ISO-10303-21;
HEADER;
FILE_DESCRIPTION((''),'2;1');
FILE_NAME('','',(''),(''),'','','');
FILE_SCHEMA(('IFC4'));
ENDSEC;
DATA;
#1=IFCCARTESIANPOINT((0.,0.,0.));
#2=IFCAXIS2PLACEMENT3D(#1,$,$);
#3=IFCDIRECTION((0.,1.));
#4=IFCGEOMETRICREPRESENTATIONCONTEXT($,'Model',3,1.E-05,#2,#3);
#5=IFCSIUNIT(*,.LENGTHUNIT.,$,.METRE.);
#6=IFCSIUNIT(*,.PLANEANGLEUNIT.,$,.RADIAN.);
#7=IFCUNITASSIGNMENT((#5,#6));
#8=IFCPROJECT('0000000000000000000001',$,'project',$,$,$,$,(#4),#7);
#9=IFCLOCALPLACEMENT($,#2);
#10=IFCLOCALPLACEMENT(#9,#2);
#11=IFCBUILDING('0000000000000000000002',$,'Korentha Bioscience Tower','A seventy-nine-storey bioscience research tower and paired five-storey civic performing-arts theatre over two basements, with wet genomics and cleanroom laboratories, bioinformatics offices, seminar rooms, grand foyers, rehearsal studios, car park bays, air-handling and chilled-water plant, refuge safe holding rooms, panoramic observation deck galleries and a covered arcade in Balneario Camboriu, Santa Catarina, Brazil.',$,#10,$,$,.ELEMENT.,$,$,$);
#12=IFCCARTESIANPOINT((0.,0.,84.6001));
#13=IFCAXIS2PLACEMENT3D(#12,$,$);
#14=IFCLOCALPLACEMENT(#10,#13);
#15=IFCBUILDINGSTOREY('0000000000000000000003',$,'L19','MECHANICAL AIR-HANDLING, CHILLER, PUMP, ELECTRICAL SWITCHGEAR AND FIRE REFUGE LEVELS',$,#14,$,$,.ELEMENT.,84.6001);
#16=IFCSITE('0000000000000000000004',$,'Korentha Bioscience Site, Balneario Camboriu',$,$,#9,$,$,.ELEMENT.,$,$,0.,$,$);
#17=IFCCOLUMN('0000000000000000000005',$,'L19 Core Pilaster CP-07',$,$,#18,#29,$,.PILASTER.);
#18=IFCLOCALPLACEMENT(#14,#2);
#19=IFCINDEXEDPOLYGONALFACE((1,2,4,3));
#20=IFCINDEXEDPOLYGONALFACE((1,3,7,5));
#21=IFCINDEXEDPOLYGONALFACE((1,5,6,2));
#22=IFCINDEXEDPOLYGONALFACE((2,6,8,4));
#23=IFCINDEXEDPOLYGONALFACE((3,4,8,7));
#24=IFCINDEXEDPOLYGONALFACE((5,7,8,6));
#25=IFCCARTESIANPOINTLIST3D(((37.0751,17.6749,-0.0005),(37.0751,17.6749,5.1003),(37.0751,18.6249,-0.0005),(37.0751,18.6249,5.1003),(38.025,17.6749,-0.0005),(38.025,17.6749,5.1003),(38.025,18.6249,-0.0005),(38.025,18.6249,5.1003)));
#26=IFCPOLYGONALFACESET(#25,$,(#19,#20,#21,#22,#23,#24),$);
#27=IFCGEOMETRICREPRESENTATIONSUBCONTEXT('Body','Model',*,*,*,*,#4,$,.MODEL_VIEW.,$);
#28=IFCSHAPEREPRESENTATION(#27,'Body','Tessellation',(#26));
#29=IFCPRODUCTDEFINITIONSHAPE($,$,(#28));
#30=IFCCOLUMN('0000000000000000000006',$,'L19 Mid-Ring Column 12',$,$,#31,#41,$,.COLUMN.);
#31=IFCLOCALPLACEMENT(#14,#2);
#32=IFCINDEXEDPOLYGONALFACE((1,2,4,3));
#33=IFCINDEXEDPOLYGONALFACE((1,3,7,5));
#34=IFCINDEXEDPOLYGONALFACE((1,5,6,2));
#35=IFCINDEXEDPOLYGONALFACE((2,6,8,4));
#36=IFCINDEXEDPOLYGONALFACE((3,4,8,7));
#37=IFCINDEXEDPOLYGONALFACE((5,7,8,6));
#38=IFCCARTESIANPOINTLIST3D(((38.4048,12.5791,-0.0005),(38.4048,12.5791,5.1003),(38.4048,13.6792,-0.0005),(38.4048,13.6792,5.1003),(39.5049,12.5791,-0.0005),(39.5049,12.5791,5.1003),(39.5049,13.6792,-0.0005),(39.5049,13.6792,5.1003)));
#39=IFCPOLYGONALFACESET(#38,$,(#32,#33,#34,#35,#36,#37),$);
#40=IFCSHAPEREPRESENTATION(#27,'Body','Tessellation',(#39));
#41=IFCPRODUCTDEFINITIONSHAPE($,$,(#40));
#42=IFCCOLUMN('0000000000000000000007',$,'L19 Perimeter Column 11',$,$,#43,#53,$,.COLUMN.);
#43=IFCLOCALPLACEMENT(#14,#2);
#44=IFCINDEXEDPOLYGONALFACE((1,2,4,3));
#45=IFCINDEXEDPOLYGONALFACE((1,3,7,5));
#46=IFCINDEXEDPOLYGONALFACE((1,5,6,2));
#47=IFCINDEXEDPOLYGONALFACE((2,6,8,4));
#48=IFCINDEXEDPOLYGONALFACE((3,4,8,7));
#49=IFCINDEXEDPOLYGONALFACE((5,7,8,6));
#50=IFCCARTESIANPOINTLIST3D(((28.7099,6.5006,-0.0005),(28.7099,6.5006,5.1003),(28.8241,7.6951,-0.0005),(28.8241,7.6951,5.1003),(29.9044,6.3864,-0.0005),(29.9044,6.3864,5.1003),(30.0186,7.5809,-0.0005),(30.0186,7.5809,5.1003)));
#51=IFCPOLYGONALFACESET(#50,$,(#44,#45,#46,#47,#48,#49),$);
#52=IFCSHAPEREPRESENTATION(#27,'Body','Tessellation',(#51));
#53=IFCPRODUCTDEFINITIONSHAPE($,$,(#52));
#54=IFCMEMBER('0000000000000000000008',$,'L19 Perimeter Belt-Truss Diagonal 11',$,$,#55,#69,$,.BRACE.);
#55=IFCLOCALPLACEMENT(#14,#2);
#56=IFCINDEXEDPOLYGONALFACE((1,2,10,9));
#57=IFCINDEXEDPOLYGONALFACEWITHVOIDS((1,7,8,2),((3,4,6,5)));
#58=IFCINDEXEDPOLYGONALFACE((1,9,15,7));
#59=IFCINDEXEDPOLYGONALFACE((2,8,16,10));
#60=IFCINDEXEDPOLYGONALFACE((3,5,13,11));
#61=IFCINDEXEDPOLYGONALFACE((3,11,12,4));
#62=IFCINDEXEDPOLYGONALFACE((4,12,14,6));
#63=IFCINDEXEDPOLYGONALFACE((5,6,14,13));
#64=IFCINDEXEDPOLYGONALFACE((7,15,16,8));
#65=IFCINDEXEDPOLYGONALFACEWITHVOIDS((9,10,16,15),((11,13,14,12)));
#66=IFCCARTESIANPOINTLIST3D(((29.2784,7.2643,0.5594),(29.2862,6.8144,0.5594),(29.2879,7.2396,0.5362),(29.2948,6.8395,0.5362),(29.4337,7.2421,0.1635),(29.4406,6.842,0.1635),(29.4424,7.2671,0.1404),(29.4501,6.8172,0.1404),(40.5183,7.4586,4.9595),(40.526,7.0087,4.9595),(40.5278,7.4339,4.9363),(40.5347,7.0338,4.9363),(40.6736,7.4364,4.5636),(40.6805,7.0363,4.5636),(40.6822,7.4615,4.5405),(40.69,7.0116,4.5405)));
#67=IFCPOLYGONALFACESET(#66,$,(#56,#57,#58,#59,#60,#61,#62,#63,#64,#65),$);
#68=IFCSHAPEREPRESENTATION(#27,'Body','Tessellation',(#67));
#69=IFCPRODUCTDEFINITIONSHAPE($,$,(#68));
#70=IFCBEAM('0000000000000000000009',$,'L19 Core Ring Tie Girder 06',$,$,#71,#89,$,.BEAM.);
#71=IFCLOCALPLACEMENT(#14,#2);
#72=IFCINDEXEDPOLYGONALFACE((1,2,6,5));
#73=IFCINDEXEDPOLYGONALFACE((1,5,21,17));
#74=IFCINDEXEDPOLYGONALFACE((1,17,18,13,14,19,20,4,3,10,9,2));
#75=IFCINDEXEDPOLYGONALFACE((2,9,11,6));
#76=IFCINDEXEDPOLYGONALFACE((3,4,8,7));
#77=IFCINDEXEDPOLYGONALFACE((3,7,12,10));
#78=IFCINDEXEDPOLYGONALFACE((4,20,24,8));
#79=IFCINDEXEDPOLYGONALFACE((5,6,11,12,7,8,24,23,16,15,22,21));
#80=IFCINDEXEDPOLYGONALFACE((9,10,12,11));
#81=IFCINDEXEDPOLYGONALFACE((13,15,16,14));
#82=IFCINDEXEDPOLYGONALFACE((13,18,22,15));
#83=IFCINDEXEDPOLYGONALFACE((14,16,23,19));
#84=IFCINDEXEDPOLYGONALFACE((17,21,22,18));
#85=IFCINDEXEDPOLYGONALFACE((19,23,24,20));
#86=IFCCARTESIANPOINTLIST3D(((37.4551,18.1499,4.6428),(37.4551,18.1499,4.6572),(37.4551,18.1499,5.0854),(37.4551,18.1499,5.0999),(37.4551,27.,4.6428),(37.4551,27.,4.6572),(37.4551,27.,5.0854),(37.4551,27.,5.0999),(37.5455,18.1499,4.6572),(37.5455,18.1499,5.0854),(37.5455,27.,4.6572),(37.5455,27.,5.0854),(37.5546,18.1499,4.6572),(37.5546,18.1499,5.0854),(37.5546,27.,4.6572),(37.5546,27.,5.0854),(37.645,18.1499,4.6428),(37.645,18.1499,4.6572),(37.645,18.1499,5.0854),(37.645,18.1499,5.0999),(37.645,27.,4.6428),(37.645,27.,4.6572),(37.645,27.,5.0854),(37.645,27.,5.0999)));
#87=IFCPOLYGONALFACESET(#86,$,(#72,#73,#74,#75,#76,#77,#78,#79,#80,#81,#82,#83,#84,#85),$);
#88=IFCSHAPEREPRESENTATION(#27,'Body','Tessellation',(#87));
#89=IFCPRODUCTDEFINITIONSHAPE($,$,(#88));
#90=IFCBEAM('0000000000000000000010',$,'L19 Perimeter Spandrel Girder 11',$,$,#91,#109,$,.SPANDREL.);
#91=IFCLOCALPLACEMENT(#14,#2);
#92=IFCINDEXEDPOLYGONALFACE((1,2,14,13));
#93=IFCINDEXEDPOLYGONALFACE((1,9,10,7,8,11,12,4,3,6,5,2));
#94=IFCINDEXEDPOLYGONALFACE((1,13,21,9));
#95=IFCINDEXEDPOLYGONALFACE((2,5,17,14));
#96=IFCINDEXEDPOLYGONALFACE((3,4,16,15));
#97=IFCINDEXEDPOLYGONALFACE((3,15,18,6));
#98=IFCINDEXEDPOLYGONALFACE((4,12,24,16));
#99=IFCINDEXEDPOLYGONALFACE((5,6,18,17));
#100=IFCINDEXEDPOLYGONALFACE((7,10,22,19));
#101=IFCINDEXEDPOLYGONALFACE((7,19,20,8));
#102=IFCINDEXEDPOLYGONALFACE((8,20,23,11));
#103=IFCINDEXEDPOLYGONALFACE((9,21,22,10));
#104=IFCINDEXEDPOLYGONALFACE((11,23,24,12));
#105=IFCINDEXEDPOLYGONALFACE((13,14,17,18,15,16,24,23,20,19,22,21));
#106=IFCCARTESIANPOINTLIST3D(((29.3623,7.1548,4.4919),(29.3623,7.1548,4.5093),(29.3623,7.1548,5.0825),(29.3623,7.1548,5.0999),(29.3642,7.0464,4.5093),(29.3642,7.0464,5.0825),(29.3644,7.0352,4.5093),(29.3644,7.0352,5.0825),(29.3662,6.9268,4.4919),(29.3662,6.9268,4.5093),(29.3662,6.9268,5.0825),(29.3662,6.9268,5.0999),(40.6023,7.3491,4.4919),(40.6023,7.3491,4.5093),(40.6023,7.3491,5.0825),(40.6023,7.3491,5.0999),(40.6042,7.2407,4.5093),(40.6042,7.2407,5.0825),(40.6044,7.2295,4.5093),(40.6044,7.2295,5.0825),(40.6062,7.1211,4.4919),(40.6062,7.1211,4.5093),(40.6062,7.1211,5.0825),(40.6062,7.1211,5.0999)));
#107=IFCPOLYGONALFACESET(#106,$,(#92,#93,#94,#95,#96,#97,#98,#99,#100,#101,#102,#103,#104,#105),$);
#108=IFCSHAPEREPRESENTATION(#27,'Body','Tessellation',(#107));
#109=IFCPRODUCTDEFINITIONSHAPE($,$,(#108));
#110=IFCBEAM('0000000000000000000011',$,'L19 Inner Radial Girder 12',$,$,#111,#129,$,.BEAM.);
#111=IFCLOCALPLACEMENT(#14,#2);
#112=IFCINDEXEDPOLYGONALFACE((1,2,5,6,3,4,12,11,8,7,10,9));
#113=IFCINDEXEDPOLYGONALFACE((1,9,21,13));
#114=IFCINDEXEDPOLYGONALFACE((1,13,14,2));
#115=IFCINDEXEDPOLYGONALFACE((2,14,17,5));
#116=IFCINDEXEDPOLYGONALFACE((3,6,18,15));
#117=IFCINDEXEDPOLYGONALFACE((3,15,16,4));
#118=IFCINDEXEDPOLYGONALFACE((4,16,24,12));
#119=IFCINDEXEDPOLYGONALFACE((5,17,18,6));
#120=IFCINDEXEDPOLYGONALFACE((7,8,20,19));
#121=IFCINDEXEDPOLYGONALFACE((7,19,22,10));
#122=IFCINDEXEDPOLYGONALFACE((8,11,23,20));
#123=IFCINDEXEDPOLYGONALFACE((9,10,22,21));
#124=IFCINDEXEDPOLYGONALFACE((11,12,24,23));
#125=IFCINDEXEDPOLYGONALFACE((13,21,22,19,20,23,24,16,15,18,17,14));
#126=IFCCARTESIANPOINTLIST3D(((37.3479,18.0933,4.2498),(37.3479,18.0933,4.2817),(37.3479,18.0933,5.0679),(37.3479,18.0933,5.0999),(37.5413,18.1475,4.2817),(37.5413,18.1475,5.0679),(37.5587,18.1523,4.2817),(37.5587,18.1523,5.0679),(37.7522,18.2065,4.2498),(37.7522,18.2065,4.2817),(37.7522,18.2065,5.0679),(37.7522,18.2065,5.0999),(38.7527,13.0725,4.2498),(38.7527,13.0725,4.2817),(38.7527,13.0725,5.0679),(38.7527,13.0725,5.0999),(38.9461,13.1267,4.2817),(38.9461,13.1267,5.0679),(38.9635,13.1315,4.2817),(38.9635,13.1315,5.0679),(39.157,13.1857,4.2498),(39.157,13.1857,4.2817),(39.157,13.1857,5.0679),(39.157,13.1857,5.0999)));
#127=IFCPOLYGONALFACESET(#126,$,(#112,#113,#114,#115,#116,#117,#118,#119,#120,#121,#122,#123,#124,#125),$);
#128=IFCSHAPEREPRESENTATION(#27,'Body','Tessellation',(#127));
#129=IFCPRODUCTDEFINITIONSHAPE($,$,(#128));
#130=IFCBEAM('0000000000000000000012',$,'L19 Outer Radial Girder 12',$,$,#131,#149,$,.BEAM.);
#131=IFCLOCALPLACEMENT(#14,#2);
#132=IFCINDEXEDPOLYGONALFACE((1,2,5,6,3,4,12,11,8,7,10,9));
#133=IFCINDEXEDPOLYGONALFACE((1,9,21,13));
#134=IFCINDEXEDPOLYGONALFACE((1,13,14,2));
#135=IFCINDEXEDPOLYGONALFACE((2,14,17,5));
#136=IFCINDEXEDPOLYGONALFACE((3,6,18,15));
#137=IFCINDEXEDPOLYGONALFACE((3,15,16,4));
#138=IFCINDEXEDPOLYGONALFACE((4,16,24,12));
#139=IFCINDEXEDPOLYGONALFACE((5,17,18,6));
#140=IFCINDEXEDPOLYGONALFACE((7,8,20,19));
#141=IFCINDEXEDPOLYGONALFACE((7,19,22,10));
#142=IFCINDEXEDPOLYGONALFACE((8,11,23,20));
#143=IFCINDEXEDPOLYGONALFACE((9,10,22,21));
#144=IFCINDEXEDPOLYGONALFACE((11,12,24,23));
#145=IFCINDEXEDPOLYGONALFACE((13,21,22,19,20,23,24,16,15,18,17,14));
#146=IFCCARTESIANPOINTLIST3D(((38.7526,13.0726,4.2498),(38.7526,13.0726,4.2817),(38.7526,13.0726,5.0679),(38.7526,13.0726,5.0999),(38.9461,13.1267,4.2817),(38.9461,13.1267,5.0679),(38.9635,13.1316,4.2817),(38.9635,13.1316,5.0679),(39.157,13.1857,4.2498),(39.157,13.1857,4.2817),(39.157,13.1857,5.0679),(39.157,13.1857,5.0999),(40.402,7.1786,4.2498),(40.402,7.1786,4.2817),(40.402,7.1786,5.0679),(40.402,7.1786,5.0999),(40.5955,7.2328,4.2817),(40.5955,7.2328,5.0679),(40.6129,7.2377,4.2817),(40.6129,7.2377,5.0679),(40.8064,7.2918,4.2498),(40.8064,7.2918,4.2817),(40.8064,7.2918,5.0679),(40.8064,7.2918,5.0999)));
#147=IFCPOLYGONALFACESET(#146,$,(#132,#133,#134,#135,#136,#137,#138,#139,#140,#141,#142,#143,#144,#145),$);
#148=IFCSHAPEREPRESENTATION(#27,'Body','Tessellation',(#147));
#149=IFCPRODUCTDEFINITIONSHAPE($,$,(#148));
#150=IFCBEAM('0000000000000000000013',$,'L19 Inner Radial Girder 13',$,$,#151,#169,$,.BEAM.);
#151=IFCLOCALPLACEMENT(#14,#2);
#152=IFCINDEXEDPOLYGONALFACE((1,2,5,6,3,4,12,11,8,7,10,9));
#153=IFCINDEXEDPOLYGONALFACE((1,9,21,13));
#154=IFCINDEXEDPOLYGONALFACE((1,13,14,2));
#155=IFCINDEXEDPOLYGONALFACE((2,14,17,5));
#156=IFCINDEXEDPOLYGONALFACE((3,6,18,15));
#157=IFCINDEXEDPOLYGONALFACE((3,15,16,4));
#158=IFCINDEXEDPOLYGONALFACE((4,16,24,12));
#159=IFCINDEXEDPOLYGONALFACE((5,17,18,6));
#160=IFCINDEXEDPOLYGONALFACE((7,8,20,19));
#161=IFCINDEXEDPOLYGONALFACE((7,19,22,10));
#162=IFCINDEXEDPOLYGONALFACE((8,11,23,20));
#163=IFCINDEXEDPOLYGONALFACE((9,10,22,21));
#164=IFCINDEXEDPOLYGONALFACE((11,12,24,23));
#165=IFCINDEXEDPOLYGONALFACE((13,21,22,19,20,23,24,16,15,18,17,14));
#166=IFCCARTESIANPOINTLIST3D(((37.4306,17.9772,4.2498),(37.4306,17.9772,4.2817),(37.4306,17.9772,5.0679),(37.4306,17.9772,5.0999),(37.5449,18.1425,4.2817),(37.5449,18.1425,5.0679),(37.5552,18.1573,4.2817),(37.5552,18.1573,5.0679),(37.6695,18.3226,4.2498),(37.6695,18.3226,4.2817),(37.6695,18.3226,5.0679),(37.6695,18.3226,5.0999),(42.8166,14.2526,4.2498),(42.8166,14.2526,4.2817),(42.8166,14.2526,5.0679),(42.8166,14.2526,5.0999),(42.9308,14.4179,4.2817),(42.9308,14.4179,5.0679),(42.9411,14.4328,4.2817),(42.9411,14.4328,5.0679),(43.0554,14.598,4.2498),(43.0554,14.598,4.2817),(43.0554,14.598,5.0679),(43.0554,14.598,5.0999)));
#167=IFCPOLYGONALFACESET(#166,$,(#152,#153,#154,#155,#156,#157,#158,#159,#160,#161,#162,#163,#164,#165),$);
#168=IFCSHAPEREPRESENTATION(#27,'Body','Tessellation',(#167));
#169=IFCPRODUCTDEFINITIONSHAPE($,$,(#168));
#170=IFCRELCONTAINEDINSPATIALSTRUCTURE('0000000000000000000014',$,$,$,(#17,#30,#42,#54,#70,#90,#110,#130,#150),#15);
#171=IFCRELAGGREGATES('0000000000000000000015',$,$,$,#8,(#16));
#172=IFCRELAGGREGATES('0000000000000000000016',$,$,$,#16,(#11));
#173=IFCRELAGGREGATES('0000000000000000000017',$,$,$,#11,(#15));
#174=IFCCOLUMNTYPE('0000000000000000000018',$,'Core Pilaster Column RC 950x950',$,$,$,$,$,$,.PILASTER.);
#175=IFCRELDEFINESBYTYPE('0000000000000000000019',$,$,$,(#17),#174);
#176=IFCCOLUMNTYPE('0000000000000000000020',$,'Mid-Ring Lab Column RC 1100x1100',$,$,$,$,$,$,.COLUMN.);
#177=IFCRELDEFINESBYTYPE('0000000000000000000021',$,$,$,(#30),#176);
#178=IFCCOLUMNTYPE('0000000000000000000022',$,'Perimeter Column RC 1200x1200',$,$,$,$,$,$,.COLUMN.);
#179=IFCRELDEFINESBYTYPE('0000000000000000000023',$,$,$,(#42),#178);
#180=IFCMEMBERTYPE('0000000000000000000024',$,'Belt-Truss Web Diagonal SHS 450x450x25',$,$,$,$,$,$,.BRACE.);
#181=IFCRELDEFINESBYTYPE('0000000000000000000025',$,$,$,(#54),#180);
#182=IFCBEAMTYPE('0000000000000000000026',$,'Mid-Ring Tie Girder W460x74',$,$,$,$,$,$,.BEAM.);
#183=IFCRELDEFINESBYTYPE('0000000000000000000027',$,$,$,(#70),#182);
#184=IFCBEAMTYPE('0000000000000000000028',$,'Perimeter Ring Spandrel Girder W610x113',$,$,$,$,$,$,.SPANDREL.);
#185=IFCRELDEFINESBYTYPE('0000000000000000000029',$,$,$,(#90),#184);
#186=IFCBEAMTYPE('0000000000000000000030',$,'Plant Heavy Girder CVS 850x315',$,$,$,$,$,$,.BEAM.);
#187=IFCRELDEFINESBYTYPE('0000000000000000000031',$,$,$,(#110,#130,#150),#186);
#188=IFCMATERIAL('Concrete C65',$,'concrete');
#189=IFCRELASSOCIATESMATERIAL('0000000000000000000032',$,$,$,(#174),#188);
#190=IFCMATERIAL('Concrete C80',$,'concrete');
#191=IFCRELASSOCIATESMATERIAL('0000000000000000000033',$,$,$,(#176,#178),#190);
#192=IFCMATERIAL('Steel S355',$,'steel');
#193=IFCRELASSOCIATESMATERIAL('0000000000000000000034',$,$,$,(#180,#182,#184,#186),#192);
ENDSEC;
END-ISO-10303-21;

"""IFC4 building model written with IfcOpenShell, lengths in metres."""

from ifc_helpers import new_model, si_unit, direction, frame, origin, origin_2d, place, context, subcontext, project, spatial, rectangle, hollow_rectangle, i_section, extrude, material, material_profile, profile_set, type_object, element, save


model = new_model("IFC4")

# Units and contexts
model_context = context("Model", 3, precision=1e-05, world=origin(), true_north=direction((0.0, 1.0)))
body_context = subcontext(model_context, "Body", "Model", "MODEL_VIEW")
ifc_project = project(units=[si_unit("LENGTHUNIT", "METRE"), si_unit("PLANEANGLEUNIT", "RADIAN")], contexts=[model_context])

# Site, building, storey
site_placement = place(None, origin())
site = spatial("IfcSite", under=ifc_project, at=site_placement, Name="Korentha Bioscience Site, Balneario Camboriu", CompositionType="ELEMENT", RefElevation=0.0)
building_placement = place(site_placement, origin())
building = spatial("IfcBuilding", under=site, at=building_placement, Name="Korentha Bioscience Tower", Description="A seventy-nine-storey bioscience research tower and paired five-storey civic performing-arts theatre over two basements, with wet genomics and cleanroom laboratories, bioinformatics offices, seminar rooms, grand foyers, rehearsal studios, car park bays, air-handling and chilled-water plant, refuge safe holding rooms, panoramic observation deck galleries and a covered arcade in Balneario Camboriu, Santa Catarina, Brazil.", CompositionType="ELEMENT")
storey_placement = place(building_placement, frame((0.0, 0.0, 84.6001)))
storey = spatial("IfcBuildingStorey", under=building, at=storey_placement, Name="L19", Description="MECHANICAL AIR-HANDLING, CHILLER, PUMP, ELECTRICAL SWITCHGEAR AND FIRE REFUGE LEVELS", CompositionType="ELEMENT", Elevation=84.6001)

# Columns
ifc_material_1 = material(Name="Concrete C65", Category="concrete")
ifc_material_profile_1 = material_profile(ifc_material_1, rectangle(XDim=0.95, YDim=0.95, at=origin_2d()), Name="Concrete C65")
ifc_profile_set_1 = profile_set([ifc_material_profile_1], Name="Concrete C65 (COL-CP09)")
column_type_1 = type_object("IfcColumnType", Name="Core Pilaster Column RC 950x950", PredefinedType="PILASTER", material=ifc_profile_set_1)
column_1_placement = place(storey_placement, frame((37.55, 18.1499, -0.0005), z_axis=(0.0, 0.0, 1.0), x_axis=(1.0, 0.0, 0.0)))
element("IfcColumn", 1, at=column_1_placement, inside=storey, type_object=column_type_1, Name="L19 Core Pilaster CP-07", PredefinedType="PILASTER", context=body_context, shape_type="SweptSolid", body=[
    extrude(rectangle(XDim=0.95, YDim=0.95, at=origin_2d()), origin(), (0.0, 0.0, 1.0), 5.1008),
])
ifc_material_2 = material(Name="Concrete C80", Category="concrete")
ifc_material_profile_2 = material_profile(ifc_material_2, rectangle(XDim=1.1001, YDim=1.1001, at=origin_2d()), Name="Concrete C80")
ifc_profile_set_2 = profile_set([ifc_material_profile_2], Name="Concrete C80 (COL-MR11)")
column_type_2 = type_object("IfcColumnType", Name="Mid-Ring Lab Column RC 1100x1100", PredefinedType="COLUMN", material=ifc_profile_set_2)
column_2_placement = place(storey_placement, frame((38.9548, 13.1292, -0.0005), z_axis=(0.0, 0.0, 1.0), x_axis=(1.0, 0.0, 0.0)))
element("IfcColumn", 2, at=column_2_placement, inside=storey, type_object=column_type_2, Name="L19 Mid-Ring Column 12", PredefinedType="COLUMN", context=body_context, shape_type="SweptSolid", body=[
    extrude(rectangle(XDim=1.1001, YDim=1.1001, at=origin_2d()), origin(), (0.0, 0.0, 1.0), 5.1008),
])
ifc_material_profile_3 = material_profile(ifc_material_2, rectangle(XDim=1.2, YDim=1.2, at=origin_2d()), Name="Concrete C80")
ifc_profile_set_3 = profile_set([ifc_material_profile_3], Name="Concrete C80 (COL-P12)")
column_type_3 = type_object("IfcColumnType", Name="Perimeter Column RC 1200x1200", PredefinedType="COLUMN", material=ifc_profile_set_3)
column_3_placement = place(storey_placement, frame((29.3643, 7.0408, -0.0005), z_axis=(0.0, 0.0, 1.0), x_axis=(-0.995463, 0.095151, 0.0)))
element("IfcColumn", 3, at=column_3_placement, inside=storey, type_object=column_type_3, Name="L19 Perimeter Column 11", PredefinedType="COLUMN", context=body_context, shape_type="SweptSolid", body=[
    extrude(rectangle(XDim=1.2, YDim=1.2, at=origin_2d()), origin(), (0.0, 0.0, 1.0), 5.1008),
])

# Member
ifc_material_3 = material(Name="Steel S355", Category="steel")
ifc_material_profile_4 = material_profile(ifc_material_3, hollow_rectangle(XDim=0.45, YDim=0.45, WallThickness=0.0249, at=origin_2d()), Name="Steel S355")
ifc_profile_set_4 = profile_set([ifc_material_profile_4], Name="Steel S355 (BT-D450)")
member_type = type_object("IfcMemberType", Name="Belt-Truss Web Diagonal SHS 450x450x25", PredefinedType="BRACE", material=ifc_profile_set_4)
member_placement = place(storey_placement, frame((29.3643, 7.0408, 0.3499), z_axis=(0.931069, 0.016098, 0.364488), x_axis=(-0.017287, 0.999851, 0.0)))
element("IfcMember", 4, at=member_placement, inside=storey, type_object=member_type, Name="L19 Perimeter Belt-Truss Diagonal 11", PredefinedType="BRACE", context=body_context, shape_type="SweptSolid", body=[
    extrude(hollow_rectangle(XDim=0.45, YDim=0.45, WallThickness=0.0249, at=origin_2d()), origin(), (0.0, 0.0, 1.0), 12.072),
])

# Beams
ifc_material_profile_5 = material_profile(ifc_material_3, i_section(OverallWidth=0.1899, OverallDepth=0.457, WebThickness=0.009, FlangeThickness=0.0144, at=origin_2d()), Name="Steel S355")
ifc_profile_set_5 = profile_set([ifc_material_profile_5], Name="Steel S355 (MB-460)")
beam_type_1 = type_object("IfcBeamType", Name="Mid-Ring Tie Girder W460x74", PredefinedType="BEAM", material=ifc_profile_set_5)
beam_1_placement = place(storey_placement, frame((37.55, 18.1499, 4.8713), z_axis=(0.0, 1.0, 0.0), x_axis=(-1.0, 0.0, 0.0)))
element("IfcBeam", 5, at=beam_1_placement, inside=storey, type_object=beam_type_1, Name="L19 Core Ring Tie Girder 06", PredefinedType="BEAM", context=body_context, shape_type="SweptSolid", body=[
    extrude(i_section(OverallWidth=0.1899, OverallDepth=0.457, WebThickness=0.009, FlangeThickness=0.0144, at=origin_2d()), origin(), (0.0, 0.0, 1.0), 8.8501),
])
ifc_material_profile_6 = material_profile(ifc_material_3, i_section(OverallWidth=0.228, OverallDepth=0.6079, WebThickness=0.0112, FlangeThickness=0.0173, at=origin_2d()), Name="Steel S355")
ifc_profile_set_6 = profile_set([ifc_material_profile_6], Name="Steel S355 (SB-610)")
beam_type_2 = type_object("IfcBeamType", Name="Perimeter Ring Spandrel Girder W610x113", PredefinedType="SPANDREL", material=ifc_profile_set_6)
beam_2_placement = place(storey_placement, frame((29.3643, 7.0408, 4.7959), z_axis=(0.999851, 0.017287, 0.0), x_axis=(-0.017287, 0.999851, 0.0)))
element("IfcBeam", 6, at=beam_2_placement, inside=storey, type_object=beam_type_2, Name="L19 Perimeter Spandrel Girder 11", PredefinedType="SPANDREL", context=body_context, shape_type="SweptSolid", body=[
    extrude(i_section(OverallWidth=0.228, OverallDepth=0.6079, WebThickness=0.0112, FlangeThickness=0.0173, at=origin_2d()), origin(), (0.0, 0.0, 1.0), 11.2417),
])
ifc_material_profile_7 = material_profile(ifc_material_3, i_section(OverallWidth=0.4199, OverallDepth=0.8501, WebThickness=0.0181, FlangeThickness=0.032, at=origin_2d()), Name="Steel S355")
ifc_profile_set_7 = profile_set([ifc_material_profile_7], Name="Steel S355 (MB-850)")
beam_type_3 = type_object("IfcBeamType", Name="Plant Heavy Girder CVS 850x315", PredefinedType="BEAM", material=ifc_profile_set_7)
beam_3_placement = place(storey_placement, frame((37.55, 18.1499, 4.6748), z_axis=(0.269448, -0.963015, 0.0), x_axis=(0.963015, 0.269448, 0.0)))
element("IfcBeam", 7, at=beam_3_placement, inside=storey, type_object=beam_type_3, Name="L19 Inner Radial Girder 12", PredefinedType="BEAM", context=body_context, shape_type="SweptSolid", body=[
    extrude(i_section(OverallWidth=0.4199, OverallDepth=0.8501, WebThickness=0.0181, FlangeThickness=0.032, at=origin_2d()), origin(), (0.0, 0.0, 1.0), 5.2136),
])
beam_4_placement = place(storey_placement, frame((38.9548, 13.1292, 4.6748), z_axis=(0.269491, -0.963003, 0.0), x_axis=(0.963003, 0.269491, 0.0)))
element("IfcBeam", 8, at=beam_4_placement, inside=storey, type_object=beam_type_3, Name="L19 Outer Radial Girder 12", PredefinedType="BEAM", context=body_context, shape_type="SweptSolid", body=[
    extrude(i_section(OverallWidth=0.4199, OverallDepth=0.8501, WebThickness=0.0181, FlangeThickness=0.032, at=origin_2d()), origin(), (0.0, 0.0, 1.0), 6.1204),
])
beam_5_placement = place(storey_placement, frame((37.55, 18.1499, 4.6748), z_axis=(0.822489, -0.568781, 0.0), x_axis=(0.568781, 0.822489, 0.0)))
element("IfcBeam", 9, at=beam_5_placement, inside=storey, type_object=beam_type_3, Name="L19 Inner Radial Girder 13", PredefinedType="BEAM", context=body_context, shape_type="SweptSolid", body=[
    extrude(i_section(OverallWidth=0.4199, OverallDepth=0.8501, WebThickness=0.0181, FlangeThickness=0.032, at=origin_2d()), origin(), (0.0, 0.0, 1.0), 6.5483),
])

save(model, "model.ifc")
